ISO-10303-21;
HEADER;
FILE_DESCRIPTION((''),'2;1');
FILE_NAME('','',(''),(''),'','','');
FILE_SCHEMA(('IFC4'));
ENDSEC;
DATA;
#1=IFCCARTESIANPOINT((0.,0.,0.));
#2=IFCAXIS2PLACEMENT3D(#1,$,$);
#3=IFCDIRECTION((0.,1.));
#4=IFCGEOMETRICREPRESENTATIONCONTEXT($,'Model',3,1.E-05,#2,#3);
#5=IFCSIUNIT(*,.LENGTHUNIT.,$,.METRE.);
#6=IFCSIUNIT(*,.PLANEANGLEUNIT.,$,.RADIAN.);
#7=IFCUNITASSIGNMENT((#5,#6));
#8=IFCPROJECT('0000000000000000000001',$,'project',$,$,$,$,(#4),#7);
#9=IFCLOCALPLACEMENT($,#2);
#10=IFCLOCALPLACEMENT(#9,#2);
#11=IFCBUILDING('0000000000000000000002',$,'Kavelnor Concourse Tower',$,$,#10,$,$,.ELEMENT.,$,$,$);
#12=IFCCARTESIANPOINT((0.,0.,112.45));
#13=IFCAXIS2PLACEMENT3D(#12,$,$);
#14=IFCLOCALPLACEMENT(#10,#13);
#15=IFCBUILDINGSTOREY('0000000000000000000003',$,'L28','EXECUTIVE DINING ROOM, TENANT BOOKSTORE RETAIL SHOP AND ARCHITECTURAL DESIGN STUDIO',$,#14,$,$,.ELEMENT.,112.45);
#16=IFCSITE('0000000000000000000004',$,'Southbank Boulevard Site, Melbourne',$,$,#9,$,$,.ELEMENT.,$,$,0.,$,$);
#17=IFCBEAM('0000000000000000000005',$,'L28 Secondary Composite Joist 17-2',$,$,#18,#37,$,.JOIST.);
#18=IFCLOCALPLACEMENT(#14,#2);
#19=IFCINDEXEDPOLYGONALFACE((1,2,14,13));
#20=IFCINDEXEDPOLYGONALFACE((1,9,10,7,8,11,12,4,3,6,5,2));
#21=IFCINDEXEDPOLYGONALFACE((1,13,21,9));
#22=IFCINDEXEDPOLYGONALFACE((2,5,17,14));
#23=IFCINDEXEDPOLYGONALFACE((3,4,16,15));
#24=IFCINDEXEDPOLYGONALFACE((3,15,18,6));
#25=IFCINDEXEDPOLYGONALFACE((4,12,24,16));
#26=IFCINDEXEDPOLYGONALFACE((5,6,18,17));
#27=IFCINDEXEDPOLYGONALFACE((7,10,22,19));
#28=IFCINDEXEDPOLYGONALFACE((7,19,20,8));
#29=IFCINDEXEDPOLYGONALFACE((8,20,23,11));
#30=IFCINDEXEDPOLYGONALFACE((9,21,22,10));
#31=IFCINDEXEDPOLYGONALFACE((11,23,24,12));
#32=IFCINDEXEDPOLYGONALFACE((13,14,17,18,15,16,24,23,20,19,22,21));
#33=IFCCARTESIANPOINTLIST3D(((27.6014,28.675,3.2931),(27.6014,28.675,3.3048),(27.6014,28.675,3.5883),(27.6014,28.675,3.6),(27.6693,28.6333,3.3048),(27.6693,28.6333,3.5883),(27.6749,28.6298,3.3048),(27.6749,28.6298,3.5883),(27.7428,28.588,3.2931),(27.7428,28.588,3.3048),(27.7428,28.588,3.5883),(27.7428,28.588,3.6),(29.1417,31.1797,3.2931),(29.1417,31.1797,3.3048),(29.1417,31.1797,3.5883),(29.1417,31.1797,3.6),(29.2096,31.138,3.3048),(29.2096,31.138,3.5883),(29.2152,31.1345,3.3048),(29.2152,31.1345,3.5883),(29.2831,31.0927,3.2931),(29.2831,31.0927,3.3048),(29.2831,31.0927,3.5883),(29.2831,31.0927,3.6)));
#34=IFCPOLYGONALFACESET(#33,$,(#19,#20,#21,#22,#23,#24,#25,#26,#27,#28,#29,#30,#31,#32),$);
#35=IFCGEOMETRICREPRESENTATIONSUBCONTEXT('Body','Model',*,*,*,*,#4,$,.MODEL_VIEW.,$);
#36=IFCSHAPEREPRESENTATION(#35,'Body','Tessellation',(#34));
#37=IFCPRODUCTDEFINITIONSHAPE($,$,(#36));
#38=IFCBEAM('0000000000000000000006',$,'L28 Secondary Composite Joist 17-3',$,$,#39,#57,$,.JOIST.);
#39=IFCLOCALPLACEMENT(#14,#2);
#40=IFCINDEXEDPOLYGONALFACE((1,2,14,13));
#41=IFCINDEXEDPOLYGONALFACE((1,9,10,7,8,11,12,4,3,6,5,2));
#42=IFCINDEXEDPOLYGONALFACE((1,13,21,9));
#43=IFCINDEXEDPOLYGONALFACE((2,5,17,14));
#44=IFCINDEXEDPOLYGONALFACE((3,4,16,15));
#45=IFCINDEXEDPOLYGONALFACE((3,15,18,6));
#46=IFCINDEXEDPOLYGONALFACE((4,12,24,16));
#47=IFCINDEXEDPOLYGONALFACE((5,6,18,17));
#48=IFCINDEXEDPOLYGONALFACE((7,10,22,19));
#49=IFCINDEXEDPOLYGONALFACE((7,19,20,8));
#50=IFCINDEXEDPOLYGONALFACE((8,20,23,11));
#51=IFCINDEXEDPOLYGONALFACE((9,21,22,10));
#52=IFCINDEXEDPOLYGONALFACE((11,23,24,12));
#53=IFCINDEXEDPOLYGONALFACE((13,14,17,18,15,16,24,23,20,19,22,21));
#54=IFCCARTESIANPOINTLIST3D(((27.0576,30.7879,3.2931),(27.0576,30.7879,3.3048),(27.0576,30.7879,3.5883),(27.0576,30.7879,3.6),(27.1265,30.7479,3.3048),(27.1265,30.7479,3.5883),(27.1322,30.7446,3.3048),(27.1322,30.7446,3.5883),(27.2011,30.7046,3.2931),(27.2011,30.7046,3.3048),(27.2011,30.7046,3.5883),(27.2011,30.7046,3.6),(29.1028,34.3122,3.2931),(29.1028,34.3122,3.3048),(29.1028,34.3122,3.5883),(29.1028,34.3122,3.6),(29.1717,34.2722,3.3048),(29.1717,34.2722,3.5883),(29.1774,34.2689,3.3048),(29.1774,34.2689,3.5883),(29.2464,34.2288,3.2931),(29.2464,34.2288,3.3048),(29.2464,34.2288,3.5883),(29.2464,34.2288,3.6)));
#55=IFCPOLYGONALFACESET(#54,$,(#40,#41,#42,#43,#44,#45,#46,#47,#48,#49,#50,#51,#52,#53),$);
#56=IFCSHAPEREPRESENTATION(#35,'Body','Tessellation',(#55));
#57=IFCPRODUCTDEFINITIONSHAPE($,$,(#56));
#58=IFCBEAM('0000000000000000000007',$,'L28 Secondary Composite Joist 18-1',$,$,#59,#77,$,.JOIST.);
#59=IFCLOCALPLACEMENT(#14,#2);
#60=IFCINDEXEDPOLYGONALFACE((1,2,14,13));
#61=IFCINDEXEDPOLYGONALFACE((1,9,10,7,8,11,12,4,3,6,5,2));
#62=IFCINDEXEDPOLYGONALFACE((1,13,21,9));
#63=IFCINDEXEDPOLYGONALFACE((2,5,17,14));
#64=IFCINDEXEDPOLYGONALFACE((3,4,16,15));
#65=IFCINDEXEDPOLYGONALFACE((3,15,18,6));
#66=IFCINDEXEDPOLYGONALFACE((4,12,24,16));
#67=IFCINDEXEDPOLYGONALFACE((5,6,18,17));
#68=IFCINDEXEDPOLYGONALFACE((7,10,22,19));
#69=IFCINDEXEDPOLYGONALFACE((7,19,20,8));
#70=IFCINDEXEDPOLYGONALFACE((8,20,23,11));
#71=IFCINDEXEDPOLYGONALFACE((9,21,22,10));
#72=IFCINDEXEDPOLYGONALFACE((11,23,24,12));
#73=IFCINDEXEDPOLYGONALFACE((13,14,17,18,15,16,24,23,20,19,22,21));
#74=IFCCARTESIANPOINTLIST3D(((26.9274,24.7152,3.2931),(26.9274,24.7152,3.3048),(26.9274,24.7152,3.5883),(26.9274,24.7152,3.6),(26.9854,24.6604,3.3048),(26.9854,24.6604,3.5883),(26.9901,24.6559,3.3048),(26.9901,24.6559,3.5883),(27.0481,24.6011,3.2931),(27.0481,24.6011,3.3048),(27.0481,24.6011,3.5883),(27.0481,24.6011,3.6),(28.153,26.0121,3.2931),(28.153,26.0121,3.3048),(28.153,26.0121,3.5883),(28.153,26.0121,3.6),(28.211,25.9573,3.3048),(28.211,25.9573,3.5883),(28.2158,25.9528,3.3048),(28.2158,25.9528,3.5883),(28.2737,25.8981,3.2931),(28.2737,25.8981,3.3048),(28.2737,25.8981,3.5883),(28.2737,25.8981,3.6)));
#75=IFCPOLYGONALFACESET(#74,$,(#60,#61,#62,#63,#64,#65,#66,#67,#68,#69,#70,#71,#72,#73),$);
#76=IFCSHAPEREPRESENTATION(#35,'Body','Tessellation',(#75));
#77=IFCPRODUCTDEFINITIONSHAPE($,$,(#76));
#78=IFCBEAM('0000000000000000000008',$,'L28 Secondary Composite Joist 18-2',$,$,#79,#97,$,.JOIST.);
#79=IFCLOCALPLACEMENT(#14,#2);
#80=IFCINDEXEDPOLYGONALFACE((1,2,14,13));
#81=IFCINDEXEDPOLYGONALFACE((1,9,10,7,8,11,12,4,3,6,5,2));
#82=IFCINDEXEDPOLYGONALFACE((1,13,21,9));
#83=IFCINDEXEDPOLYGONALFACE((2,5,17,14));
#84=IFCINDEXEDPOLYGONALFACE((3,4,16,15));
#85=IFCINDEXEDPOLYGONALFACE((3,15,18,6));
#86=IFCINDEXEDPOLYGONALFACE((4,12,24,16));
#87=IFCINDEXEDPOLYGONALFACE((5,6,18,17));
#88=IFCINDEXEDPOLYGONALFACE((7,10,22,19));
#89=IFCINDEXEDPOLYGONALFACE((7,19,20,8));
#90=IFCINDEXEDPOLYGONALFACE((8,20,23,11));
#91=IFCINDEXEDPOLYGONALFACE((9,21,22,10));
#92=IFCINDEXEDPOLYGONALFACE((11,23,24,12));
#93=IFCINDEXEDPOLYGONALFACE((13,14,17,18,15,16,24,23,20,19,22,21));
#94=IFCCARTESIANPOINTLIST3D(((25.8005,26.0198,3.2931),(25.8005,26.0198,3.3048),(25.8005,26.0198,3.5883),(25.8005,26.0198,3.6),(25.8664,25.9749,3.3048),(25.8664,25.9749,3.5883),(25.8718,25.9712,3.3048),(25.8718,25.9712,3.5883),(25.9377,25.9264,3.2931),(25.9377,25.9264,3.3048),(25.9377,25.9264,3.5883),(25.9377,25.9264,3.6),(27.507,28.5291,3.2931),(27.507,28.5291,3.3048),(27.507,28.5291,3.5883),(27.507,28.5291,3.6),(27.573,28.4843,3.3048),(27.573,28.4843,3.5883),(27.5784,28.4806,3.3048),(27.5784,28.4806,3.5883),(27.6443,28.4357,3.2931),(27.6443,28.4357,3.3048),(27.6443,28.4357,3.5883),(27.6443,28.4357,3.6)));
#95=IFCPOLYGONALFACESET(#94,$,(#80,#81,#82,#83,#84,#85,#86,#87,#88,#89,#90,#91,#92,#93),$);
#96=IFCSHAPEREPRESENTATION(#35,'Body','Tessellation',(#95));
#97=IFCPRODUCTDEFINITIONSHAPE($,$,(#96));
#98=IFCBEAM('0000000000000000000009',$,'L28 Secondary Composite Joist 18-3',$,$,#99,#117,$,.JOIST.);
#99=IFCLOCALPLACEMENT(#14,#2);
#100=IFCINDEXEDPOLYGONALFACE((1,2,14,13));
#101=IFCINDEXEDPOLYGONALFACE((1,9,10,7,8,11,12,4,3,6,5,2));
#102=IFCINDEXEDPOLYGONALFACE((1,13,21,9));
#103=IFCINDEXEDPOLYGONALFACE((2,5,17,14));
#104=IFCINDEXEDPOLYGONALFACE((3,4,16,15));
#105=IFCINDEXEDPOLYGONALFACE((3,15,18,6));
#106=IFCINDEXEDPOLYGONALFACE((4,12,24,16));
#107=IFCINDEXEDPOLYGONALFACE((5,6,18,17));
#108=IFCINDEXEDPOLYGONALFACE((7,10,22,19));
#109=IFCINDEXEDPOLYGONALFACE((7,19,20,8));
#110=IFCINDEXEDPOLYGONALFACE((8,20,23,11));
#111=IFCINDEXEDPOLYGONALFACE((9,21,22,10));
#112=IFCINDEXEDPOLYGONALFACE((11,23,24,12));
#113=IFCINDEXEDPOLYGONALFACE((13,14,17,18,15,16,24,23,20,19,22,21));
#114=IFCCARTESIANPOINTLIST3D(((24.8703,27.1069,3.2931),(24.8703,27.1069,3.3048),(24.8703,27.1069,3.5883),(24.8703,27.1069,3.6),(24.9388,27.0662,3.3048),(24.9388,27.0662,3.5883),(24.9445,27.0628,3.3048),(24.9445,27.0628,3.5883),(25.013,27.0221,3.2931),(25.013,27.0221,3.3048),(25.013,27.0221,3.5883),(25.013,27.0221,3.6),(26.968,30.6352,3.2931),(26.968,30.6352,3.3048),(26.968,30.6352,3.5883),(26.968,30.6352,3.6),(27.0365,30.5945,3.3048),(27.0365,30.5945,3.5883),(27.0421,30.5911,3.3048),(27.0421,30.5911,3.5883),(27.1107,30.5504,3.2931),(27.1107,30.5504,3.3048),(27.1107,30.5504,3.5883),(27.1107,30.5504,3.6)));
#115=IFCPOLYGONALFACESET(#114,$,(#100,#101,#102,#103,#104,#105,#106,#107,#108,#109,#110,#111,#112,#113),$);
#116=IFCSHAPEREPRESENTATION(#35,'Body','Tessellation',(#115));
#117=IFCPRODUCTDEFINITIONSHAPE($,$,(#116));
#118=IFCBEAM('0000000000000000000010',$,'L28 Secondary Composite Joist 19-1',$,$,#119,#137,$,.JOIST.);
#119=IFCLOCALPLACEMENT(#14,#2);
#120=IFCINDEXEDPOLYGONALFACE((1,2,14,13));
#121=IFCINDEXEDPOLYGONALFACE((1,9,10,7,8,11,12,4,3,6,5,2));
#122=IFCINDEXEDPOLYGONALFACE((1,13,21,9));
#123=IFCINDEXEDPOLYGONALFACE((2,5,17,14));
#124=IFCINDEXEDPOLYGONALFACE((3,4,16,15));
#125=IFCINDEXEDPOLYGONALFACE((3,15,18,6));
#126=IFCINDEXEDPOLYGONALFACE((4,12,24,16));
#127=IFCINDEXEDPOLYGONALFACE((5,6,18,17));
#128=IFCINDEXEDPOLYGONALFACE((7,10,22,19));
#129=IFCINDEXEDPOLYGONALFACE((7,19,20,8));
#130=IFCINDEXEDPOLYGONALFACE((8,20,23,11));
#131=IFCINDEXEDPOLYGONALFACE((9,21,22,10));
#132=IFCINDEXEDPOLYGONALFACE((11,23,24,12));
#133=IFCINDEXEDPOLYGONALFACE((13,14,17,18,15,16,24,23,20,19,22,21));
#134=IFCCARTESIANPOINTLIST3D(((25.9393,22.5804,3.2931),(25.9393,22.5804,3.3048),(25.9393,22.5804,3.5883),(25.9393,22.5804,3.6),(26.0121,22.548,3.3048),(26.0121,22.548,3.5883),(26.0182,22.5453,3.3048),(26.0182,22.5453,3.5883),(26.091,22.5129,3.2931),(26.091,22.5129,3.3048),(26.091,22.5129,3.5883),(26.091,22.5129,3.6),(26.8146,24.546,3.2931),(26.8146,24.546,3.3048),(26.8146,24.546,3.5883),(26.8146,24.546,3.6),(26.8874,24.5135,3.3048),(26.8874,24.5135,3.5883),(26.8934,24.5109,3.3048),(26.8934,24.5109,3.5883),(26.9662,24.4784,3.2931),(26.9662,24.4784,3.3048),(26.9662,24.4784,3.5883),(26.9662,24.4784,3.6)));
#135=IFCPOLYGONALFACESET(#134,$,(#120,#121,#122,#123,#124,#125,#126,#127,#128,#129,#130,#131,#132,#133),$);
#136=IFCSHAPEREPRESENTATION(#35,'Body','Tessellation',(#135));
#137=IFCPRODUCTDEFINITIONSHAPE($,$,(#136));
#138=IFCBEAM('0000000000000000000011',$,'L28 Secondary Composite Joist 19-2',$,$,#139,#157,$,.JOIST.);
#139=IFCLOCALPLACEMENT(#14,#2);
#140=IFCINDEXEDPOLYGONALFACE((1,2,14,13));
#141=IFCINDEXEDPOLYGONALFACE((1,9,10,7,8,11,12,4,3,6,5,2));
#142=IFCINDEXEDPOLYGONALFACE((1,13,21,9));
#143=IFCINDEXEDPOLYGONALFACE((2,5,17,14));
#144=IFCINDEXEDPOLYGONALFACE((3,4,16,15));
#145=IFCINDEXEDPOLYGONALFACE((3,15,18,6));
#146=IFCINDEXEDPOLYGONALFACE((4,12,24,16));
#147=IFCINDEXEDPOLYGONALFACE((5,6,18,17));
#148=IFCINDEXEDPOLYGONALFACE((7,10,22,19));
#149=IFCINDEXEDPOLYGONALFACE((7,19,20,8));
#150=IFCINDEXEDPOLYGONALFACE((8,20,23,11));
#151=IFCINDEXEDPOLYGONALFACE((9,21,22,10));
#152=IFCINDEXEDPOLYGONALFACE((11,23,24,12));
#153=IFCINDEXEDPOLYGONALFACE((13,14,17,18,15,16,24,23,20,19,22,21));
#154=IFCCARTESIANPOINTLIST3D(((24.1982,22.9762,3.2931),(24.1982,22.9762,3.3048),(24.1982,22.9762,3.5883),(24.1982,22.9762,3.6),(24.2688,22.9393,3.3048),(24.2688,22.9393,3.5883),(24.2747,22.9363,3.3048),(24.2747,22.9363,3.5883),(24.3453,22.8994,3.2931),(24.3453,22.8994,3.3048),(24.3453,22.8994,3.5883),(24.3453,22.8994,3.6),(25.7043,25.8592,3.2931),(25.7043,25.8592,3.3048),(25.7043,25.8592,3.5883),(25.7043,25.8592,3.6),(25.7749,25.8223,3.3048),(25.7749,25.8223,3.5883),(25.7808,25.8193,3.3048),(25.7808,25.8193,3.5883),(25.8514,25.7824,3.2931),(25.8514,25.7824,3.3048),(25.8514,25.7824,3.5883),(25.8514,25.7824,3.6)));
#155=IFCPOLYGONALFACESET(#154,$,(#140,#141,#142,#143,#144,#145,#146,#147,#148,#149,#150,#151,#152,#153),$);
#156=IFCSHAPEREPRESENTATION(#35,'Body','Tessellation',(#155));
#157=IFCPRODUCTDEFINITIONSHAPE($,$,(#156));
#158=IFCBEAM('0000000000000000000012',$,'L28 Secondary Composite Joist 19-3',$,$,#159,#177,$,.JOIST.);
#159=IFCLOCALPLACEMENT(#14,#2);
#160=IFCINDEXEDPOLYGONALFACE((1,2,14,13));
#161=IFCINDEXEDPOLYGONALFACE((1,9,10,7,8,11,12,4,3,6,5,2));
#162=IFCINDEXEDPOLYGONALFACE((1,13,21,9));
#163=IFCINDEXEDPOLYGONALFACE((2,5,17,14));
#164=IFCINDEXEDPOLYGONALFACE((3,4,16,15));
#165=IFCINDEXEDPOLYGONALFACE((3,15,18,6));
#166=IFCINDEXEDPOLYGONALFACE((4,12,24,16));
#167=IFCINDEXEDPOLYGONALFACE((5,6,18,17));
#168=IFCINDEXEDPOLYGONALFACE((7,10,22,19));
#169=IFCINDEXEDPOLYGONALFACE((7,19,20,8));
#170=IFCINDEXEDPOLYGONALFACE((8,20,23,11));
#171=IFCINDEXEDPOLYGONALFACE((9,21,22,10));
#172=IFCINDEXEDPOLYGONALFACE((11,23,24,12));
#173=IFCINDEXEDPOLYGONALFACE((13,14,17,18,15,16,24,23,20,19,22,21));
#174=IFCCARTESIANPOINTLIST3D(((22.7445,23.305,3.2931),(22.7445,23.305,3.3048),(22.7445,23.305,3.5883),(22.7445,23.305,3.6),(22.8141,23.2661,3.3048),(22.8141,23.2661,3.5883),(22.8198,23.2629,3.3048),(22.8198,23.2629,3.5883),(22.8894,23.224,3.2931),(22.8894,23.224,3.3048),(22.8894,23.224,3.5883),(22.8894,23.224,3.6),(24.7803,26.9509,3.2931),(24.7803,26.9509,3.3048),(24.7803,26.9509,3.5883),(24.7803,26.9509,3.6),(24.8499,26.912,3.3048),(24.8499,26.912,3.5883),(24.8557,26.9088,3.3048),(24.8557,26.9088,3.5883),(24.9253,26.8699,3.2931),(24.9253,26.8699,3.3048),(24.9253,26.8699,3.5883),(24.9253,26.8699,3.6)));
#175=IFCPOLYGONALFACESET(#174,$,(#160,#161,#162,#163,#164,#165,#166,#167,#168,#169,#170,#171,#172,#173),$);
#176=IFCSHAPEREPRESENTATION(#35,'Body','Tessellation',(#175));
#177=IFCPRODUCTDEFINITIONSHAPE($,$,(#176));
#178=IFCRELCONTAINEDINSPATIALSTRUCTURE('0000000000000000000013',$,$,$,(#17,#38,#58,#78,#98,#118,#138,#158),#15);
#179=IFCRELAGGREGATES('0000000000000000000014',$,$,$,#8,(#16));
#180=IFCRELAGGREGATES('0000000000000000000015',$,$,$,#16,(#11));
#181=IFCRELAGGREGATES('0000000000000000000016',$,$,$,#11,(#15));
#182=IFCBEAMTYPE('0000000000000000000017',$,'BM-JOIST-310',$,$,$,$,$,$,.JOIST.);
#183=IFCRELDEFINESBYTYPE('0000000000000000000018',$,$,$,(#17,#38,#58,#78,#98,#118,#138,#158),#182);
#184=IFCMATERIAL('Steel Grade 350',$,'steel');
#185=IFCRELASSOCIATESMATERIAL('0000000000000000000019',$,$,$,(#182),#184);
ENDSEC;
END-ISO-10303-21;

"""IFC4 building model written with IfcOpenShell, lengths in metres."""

from ifc_helpers import new_model, si_unit, direction, frame, origin, origin_2d, place, context, subcontext, project, spatial, i_section, extrude, material, material_profile, profile_set, type_object, element, save


model = new_model("IFC4")

# Units and contexts
model_context = context("Model", 3, precision=1e-05, world=origin(), true_north=direction((0.0, 1.0)))
body_context = subcontext(model_context, "Body", "Model", "MODEL_VIEW")
ifc_project = project(units=[si_unit("LENGTHUNIT", "METRE"), si_unit("PLANEANGLEUNIT", "RADIAN")], contexts=[model_context])

# Site, building, storey
site_placement = place(None, origin())
site = spatial("IfcSite", under=ifc_project, at=site_placement, Name="Southbank Boulevard Site, Melbourne", CompositionType="ELEMENT", RefElevation=0.0)
building_placement = place(site_placement, origin())
building = spatial("IfcBuilding", under=site, at=building_placement, Name="Kavelnor Concourse Tower", CompositionType="ELEMENT")
storey_placement = place(building_placement, frame((0.0, 0.0, 112.45)))
storey = spatial("IfcBuildingStorey", under=building, at=storey_placement, Name="L28", Description="EXECUTIVE DINING ROOM, TENANT BOOKSTORE RETAIL SHOP AND ARCHITECTURAL DESIGN STUDIO", CompositionType="ELEMENT", Elevation=112.45)

# Shared definitions
ifc_material_1 = material(Name="Steel Grade 350", Category="steel")

# Beams
ifc_material_profile_1 = material_profile(ifc_material_1, i_section(OverallWidth=0.166, OverallDepth=0.3069, WebThickness=0.0066, FlangeThickness=0.0117, at=origin_2d()), Name="310UB46")
ifc_profile_set_1 = profile_set([ifc_material_profile_1], Name="Steel Grade 350")
beam_type_1 = type_object("IfcBeamType", Name="BM-JOIST-310", PredefinedType="JOIST", material=ifc_profile_set_1)
beam_1_placement = place(storey_placement, frame((29.2124, 31.1362, 3.4465), z_axis=(-0.523843, -0.851815, 0.0), x_axis=(0.851815, -0.523843, 0.0)))
element("IfcBeam", 1, at=beam_1_placement, inside=storey, type_object=beam_type_1, Name="L28 Secondary Composite Joist 17-2", PredefinedType="JOIST", context=body_context, shape_type="SweptSolid", body=[
    extrude(i_section(OverallWidth=0.166, OverallDepth=0.3069, WebThickness=0.0066, FlangeThickness=0.0117, at=origin_2d()), origin(), (0.0, 0.0, 1.0), 2.9404),
])
beam_2_placement = place(storey_placement, frame((29.1746, 34.2705, 3.4465), z_axis=(-0.501929, -0.864909, 0.0), x_axis=(0.864909, -0.501929, 0.0)))
element("IfcBeam", 2, at=beam_2_placement, inside=storey, type_object=beam_type_1, Name="L28 Secondary Composite Joist 17-3", PredefinedType="JOIST", context=body_context, shape_type="SweptSolid", body=[
    extrude(i_section(OverallWidth=0.166, OverallDepth=0.3069, WebThickness=0.0066, FlangeThickness=0.0117, at=origin_2d()), origin(), (0.0, 0.0, 1.0), 4.0747),
])
beam_3_placement = place(storey_placement, frame((28.2134, 25.9551, 3.4465), z_axis=(-0.686848, -0.726801, 0.0), x_axis=(0.726801, -0.686848, 0.0)))
element("IfcBeam", 3, at=beam_3_placement, inside=storey, type_object=beam_type_1, Name="L28 Secondary Composite Joist 18-1", PredefinedType="JOIST", context=body_context, shape_type="SweptSolid", body=[
    extrude(i_section(OverallWidth=0.166, OverallDepth=0.3069, WebThickness=0.0066, FlangeThickness=0.0117, at=origin_2d()), origin(), (0.0, 0.0, 1.0), 1.7844),
])
beam_4_placement = place(storey_placement, frame((27.5757, 28.4824, 3.4465), z_axis=(-0.562363, -0.826891, 0.0), x_axis=(0.826891, -0.562363, 0.0)))
element("IfcBeam", 4, at=beam_4_placement, inside=storey, type_object=beam_type_1, Name="L28 Secondary Composite Joist 18-2", PredefinedType="JOIST", context=body_context, shape_type="SweptSolid", body=[
    extrude(i_section(OverallWidth=0.166, OverallDepth=0.3069, WebThickness=0.0066, FlangeThickness=0.0117, at=origin_2d()), origin(), (0.0, 0.0, 1.0), 3.0347),
])
beam_5_placement = place(storey_placement, frame((27.0393, 30.5928, 3.4465), z_axis=(-0.511028, -0.859564, 0.0), x_axis=(0.859564, -0.511028, 0.0)))
element("IfcBeam", 5, at=beam_5_placement, inside=storey, type_object=beam_type_1, Name="L28 Secondary Composite Joist 18-3", PredefinedType="JOIST", context=body_context, shape_type="SweptSolid", body=[
    extrude(i_section(OverallWidth=0.166, OverallDepth=0.3069, WebThickness=0.0066, FlangeThickness=0.0117, at=origin_2d()), origin(), (0.0, 0.0, 1.0), 4.1047),
])
beam_6_placement = place(storey_placement, frame((26.8904, 24.5122, 3.4465), z_axis=(-0.406781, -0.913526, 0.0), x_axis=(0.913526, -0.406781, 0.0)))
element("IfcBeam", 6, at=beam_6_placement, inside=storey, type_object=beam_type_1, Name="L28 Secondary Composite Joist 19-1", PredefinedType="JOIST", context=body_context, shape_type="SweptSolid", body=[
    extrude(i_section(OverallWidth=0.166, OverallDepth=0.3069, WebThickness=0.0066, FlangeThickness=0.0117, at=origin_2d()), origin(), (0.0, 0.0, 1.0), 2.1516),
])
beam_7_placement = place(storey_placement, frame((25.7778, 25.8208, 3.4465), z_axis=(-0.463025, -0.886345, 0.0), x_axis=(0.886345, -0.463025, 0.0)))
element("IfcBeam", 7, at=beam_7_placement, inside=storey, type_object=beam_type_1, Name="L28 Secondary Composite Joist 19-2", PredefinedType="JOIST", context=body_context, shape_type="SweptSolid", body=[
    extrude(i_section(OverallWidth=0.166, OverallDepth=0.3069, WebThickness=0.0066, FlangeThickness=0.0117, at=origin_2d()), origin(), (0.0, 0.0, 1.0), 3.2527),
])
beam_8_placement = place(storey_placement, frame((24.8528, 26.9104, 3.4465), z_axis=(-0.487533, -0.873105, 0.0), x_axis=(0.873105, -0.487533, 0.0)))
element("IfcBeam", 8, at=beam_8_placement, inside=storey, type_object=beam_type_1, Name="L28 Secondary Composite Joist 19-3", PredefinedType="JOIST", context=body_context, shape_type="SweptSolid", body=[
    extrude(i_section(OverallWidth=0.166, OverallDepth=0.3069, WebThickness=0.0066, FlangeThickness=0.0117, at=origin_2d()), origin(), (0.0, 0.0, 1.0), 4.1758),
])

save(model, "model.ifc")
